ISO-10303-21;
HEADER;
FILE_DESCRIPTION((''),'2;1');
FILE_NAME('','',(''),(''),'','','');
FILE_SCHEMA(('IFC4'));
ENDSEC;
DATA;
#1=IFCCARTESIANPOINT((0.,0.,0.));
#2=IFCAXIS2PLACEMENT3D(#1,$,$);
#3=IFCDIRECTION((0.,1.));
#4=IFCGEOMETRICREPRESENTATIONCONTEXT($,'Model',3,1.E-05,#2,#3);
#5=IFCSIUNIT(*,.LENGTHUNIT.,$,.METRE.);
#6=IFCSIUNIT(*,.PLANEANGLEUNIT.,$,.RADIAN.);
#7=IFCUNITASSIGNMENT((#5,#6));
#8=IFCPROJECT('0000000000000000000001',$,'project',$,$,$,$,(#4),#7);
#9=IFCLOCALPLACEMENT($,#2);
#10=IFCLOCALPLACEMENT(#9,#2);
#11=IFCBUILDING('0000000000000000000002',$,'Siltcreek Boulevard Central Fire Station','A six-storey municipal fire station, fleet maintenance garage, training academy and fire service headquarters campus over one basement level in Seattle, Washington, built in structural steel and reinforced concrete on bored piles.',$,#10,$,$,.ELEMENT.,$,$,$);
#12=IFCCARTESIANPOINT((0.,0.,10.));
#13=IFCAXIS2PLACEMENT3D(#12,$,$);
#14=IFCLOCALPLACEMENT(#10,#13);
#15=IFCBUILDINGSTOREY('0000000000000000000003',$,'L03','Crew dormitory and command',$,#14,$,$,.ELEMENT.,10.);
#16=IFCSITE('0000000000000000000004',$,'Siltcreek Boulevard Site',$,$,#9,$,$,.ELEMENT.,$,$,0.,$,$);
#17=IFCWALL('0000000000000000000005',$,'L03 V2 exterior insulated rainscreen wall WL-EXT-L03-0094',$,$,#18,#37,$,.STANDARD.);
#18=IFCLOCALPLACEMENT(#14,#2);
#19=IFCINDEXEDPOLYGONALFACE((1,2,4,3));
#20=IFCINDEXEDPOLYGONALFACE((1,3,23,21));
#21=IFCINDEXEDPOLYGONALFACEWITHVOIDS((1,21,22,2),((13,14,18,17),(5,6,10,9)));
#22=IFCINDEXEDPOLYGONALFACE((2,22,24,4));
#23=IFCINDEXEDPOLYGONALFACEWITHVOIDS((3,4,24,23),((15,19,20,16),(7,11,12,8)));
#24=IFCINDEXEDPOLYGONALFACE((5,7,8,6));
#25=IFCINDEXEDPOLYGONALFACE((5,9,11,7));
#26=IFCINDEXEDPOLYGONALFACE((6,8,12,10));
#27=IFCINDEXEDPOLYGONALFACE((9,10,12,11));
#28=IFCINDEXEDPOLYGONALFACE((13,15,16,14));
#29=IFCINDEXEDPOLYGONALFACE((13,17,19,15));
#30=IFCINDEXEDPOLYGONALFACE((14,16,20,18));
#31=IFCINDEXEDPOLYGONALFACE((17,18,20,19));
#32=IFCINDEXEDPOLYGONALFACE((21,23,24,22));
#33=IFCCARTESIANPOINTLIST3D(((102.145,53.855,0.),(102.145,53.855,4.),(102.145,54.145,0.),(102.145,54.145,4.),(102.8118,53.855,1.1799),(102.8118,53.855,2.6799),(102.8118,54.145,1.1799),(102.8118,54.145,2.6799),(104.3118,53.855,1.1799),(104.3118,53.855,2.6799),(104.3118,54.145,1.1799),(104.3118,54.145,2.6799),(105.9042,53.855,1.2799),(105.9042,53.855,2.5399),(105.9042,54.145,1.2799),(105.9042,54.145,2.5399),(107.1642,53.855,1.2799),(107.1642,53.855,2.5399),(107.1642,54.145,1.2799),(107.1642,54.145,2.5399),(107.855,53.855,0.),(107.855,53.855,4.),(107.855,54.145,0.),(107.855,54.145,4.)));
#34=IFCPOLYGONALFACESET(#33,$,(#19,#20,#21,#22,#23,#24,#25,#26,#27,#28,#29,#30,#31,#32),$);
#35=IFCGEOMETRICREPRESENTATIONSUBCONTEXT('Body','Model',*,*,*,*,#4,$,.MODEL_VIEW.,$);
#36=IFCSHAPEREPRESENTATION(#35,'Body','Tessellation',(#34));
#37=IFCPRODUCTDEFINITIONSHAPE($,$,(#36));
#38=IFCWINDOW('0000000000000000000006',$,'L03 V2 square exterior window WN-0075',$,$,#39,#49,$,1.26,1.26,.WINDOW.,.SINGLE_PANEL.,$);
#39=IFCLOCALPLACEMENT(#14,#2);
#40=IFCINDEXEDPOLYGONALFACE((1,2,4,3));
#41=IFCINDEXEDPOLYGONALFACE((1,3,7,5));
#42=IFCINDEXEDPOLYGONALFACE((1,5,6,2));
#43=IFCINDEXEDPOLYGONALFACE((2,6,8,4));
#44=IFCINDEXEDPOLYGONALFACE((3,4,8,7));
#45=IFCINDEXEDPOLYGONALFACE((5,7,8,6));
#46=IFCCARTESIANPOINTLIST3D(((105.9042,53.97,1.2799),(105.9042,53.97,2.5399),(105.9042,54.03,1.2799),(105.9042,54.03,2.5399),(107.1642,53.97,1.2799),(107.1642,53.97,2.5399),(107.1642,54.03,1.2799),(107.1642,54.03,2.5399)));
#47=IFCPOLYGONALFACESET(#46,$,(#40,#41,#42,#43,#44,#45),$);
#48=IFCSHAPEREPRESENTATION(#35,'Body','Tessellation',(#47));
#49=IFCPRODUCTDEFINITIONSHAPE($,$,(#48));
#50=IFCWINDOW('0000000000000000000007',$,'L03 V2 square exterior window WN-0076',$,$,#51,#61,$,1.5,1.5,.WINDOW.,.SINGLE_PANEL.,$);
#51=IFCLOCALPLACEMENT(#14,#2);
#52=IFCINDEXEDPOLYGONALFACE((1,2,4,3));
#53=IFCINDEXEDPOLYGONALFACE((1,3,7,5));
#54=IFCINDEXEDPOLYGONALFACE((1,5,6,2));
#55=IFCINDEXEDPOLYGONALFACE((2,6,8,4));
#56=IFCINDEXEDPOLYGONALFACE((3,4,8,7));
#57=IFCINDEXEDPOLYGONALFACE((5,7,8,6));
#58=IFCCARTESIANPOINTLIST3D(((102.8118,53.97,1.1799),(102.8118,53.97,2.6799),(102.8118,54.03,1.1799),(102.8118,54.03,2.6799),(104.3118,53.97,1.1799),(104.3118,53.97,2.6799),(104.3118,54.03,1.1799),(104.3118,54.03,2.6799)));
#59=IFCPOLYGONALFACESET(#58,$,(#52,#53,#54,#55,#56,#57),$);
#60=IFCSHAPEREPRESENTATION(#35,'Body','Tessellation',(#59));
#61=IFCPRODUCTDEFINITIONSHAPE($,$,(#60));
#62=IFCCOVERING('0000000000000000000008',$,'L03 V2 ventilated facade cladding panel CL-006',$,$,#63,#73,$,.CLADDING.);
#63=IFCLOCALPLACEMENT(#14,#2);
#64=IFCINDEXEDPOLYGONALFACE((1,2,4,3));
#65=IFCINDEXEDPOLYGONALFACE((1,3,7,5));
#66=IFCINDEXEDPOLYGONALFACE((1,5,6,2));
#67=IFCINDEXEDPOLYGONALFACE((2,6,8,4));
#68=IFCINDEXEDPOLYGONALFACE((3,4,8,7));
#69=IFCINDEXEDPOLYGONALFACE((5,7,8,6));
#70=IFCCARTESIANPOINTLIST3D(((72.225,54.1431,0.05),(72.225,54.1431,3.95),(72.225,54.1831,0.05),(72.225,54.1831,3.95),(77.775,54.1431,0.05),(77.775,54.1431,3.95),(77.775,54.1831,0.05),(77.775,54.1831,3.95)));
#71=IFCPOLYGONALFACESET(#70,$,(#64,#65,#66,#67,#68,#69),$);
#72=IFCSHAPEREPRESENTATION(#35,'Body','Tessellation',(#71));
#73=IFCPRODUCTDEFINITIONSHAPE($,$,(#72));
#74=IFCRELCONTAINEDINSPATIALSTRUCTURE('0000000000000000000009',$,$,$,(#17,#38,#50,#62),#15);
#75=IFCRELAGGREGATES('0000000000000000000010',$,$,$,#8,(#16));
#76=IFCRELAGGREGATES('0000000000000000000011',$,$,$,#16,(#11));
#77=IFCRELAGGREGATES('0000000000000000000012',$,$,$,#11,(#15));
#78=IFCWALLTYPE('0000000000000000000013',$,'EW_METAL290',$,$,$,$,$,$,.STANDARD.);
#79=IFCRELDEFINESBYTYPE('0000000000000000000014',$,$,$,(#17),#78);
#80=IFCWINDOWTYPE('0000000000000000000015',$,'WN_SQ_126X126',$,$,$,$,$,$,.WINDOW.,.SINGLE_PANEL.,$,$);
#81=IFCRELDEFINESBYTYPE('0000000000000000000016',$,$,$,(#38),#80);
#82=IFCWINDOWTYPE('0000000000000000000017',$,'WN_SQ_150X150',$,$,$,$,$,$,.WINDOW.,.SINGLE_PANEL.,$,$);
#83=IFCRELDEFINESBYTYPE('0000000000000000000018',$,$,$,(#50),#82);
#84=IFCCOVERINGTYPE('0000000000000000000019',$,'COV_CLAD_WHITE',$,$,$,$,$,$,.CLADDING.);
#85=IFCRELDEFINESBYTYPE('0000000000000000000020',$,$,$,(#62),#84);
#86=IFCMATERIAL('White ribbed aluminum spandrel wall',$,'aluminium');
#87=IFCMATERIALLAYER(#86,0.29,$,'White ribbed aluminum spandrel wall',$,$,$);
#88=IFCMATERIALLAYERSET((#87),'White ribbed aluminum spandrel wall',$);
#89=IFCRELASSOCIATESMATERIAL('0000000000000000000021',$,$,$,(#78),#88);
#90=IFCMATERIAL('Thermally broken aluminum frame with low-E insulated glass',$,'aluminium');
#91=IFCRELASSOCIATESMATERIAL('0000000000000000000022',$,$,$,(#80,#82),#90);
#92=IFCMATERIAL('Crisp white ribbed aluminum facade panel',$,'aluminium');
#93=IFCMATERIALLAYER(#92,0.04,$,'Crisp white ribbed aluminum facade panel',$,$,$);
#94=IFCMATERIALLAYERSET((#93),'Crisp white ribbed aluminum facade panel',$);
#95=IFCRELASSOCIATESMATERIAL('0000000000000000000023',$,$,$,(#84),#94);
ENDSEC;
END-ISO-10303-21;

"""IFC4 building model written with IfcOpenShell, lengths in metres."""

from ifc_helpers import new_model, si_unit, direction, frame, frame_2d, origin, origin_2d, place, context, subcontext, project, spatial, rectangle, extrude, material, layer, layer_set, type_object, element, fill, save


model = new_model("IFC4")

# Units and contexts
model_context = context("Model", 3, precision=1e-05, world=origin(), true_north=direction((0.0, 1.0)))
body_context = subcontext(model_context, "Body", "Model", "MODEL_VIEW")
ifc_project = project(units=[si_unit("LENGTHUNIT", "METRE"), si_unit("PLANEANGLEUNIT", "RADIAN")], contexts=[model_context])

# Site, building, storey
site_placement = place(None, origin())
site = spatial("IfcSite", under=ifc_project, at=site_placement, Name="Siltcreek Boulevard Site", CompositionType="ELEMENT", RefElevation=0.0)
building_placement = place(site_placement, origin())
building = spatial("IfcBuilding", under=site, at=building_placement, Name="Siltcreek Boulevard Central Fire Station", Description="A six-storey municipal fire station, fleet maintenance garage, training academy and fire service headquarters campus over one basement level in Seattle, Washington, built in structural steel and reinforced concrete on bored piles.", CompositionType="ELEMENT")
storey_placement = place(building_placement, frame((0.0, 0.0, 10.0)))
storey = spatial("IfcBuildingStorey", under=building, at=storey_placement, Name="L03", Description="Crew dormitory and command", CompositionType="ELEMENT", Elevation=10.0)

# Shared definitions
ifc_material_1 = material(Name="White ribbed aluminum spandrel wall", Category="aluminium")
ifc_layer_1 = layer(ifc_material_1, 0.29, Name="White ribbed aluminum spandrel wall")
ifc_layer_set_1 = layer_set([ifc_layer_1], Name="White ribbed aluminum spandrel wall")
wall_type = type_object("IfcWallType", Name="EW_METAL290", PredefinedType="STANDARD", material=ifc_layer_set_1)
ifc_material_2 = material(Name="Thermally broken aluminum frame with low-E insulated glass", Category="aluminium")
window_type_1 = type_object("IfcWindowType", Name="WN_SQ_126X126", PartitioningType="SINGLE_PANEL", PredefinedType="WINDOW", material=ifc_material_2)

# Wall, openings, windows
wall_1_placement = place(storey_placement, frame((107.855, 54.0, 0.0), z_axis=(0.0, 0.0, 1.0), x_axis=(-1.0, 0.0, 0.0)))
wall_1 = element("IfcWall", 1, at=wall_1_placement, inside=storey, type_object=wall_type, Name="L03 V2 exterior insulated rainscreen wall WL-EXT-L03-0094", PredefinedType="STANDARD", context=body_context, shape_type="SweptSolid", body=[
    extrude(rectangle(XDim=5.71, YDim=0.29, at=frame_2d((2.855, 0.0))), origin(), (0.0, 0.0, 1.0), 4.0),
])
opening_1_placement = place(wall_1_placement, frame((0.6909, 0.0, 1.28)))
opening_1 = element("IfcOpeningElement", 2, at=opening_1_placement, cuts=wall_1, PredefinedType="OPENING", context=body_context, shape_type="SweptSolid", body=[
    extrude(rectangle(XDim=1.26, YDim=1.26, at=frame_2d((0.6299, 0.6299))), frame((0.0, 0.155, 0.0), z_axis=(0.0, -1.0, 0.0), x_axis=(1.0, 0.0, 0.0)), (0.0, 0.0, 1.0), 0.3101),
])
opening_2_placement = place(wall_1_placement, frame((3.5432, 0.0, 1.1799)))
opening_2 = element("IfcOpeningElement", 3, at=opening_2_placement, cuts=wall_1, PredefinedType="OPENING", context=body_context, shape_type="SweptSolid", body=[
    extrude(rectangle(XDim=1.5, YDim=1.5, at=frame_2d((0.75, 0.75))), frame((0.0, 0.155, 0.0), z_axis=(0.0, -1.0, 0.0), x_axis=(1.0, 0.0, 0.0)), (0.0, 0.0, 1.0), 0.3101),
])
window_1_placement = place(opening_1_placement, origin())
window_1 = element("IfcWindow", 4, at=window_1_placement, inside=storey, type_object=window_type_1, Name="L03 V2 square exterior window WN-0075", OverallHeight=1.26, OverallWidth=1.26, PartitioningType="SINGLE_PANEL", PredefinedType="WINDOW", context=body_context, shape_type="SweptSolid", body=[
    extrude(rectangle(XDim=1.26, YDim=1.26, at=frame_2d((0.6299, 0.6299))), frame((0.0, 0.03, 0.0), z_axis=(0.0, -1.0, 0.0), x_axis=(1.0, 0.0, 0.0)), (0.0, 0.0, 1.0), 0.0601),
])
fill(opening_1, window_1)
window_type_2 = type_object("IfcWindowType", Name="WN_SQ_150X150", PartitioningType="SINGLE_PANEL", PredefinedType="WINDOW", material=ifc_material_2)
window_2_placement = place(opening_2_placement, origin())
window_2 = element("IfcWindow", 5, at=window_2_placement, inside=storey, type_object=window_type_2, Name="L03 V2 square exterior window WN-0076", OverallHeight=1.5, OverallWidth=1.5, PartitioningType="SINGLE_PANEL", PredefinedType="WINDOW", context=body_context, shape_type="SweptSolid", body=[
    extrude(rectangle(XDim=1.5, YDim=1.5, at=frame_2d((0.75, 0.75))), frame((0.0, 0.03, 0.0), z_axis=(0.0, -1.0, 0.0), x_axis=(1.0, 0.0, 0.0)), (0.0, 0.0, 1.0), 0.0601),
])
fill(opening_2, window_2)

# Covering
ifc_material_3 = material(Name="Crisp white ribbed aluminum facade panel", Category="aluminium")
ifc_layer_2 = layer(ifc_material_3, 0.04, Name="Crisp white ribbed aluminum facade panel")
ifc_layer_set_2 = layer_set([ifc_layer_2], Name="Crisp white ribbed aluminum facade panel")
covering_type = type_object("IfcCoveringType", Name="COV_CLAD_WHITE", PredefinedType="CLADDING", material=ifc_layer_set_2)
covering_placement = place(storey_placement, frame((75.0, 54.1631, 0.05), z_axis=(0.0, 0.0, 1.0), x_axis=(-1.0, 0.0, 0.0)))
element("IfcCovering", 6, at=covering_placement, inside=storey, type_object=covering_type, Name="L03 V2 ventilated facade cladding panel CL-006", PredefinedType="CLADDING", context=body_context, shape_type="SweptSolid", body=[
    extrude(rectangle(XDim=5.55, YDim=0.04, at=origin_2d()), origin(), (0.0, 0.0, 1.0), 3.8999),
])

save(model, "model.ifc")
